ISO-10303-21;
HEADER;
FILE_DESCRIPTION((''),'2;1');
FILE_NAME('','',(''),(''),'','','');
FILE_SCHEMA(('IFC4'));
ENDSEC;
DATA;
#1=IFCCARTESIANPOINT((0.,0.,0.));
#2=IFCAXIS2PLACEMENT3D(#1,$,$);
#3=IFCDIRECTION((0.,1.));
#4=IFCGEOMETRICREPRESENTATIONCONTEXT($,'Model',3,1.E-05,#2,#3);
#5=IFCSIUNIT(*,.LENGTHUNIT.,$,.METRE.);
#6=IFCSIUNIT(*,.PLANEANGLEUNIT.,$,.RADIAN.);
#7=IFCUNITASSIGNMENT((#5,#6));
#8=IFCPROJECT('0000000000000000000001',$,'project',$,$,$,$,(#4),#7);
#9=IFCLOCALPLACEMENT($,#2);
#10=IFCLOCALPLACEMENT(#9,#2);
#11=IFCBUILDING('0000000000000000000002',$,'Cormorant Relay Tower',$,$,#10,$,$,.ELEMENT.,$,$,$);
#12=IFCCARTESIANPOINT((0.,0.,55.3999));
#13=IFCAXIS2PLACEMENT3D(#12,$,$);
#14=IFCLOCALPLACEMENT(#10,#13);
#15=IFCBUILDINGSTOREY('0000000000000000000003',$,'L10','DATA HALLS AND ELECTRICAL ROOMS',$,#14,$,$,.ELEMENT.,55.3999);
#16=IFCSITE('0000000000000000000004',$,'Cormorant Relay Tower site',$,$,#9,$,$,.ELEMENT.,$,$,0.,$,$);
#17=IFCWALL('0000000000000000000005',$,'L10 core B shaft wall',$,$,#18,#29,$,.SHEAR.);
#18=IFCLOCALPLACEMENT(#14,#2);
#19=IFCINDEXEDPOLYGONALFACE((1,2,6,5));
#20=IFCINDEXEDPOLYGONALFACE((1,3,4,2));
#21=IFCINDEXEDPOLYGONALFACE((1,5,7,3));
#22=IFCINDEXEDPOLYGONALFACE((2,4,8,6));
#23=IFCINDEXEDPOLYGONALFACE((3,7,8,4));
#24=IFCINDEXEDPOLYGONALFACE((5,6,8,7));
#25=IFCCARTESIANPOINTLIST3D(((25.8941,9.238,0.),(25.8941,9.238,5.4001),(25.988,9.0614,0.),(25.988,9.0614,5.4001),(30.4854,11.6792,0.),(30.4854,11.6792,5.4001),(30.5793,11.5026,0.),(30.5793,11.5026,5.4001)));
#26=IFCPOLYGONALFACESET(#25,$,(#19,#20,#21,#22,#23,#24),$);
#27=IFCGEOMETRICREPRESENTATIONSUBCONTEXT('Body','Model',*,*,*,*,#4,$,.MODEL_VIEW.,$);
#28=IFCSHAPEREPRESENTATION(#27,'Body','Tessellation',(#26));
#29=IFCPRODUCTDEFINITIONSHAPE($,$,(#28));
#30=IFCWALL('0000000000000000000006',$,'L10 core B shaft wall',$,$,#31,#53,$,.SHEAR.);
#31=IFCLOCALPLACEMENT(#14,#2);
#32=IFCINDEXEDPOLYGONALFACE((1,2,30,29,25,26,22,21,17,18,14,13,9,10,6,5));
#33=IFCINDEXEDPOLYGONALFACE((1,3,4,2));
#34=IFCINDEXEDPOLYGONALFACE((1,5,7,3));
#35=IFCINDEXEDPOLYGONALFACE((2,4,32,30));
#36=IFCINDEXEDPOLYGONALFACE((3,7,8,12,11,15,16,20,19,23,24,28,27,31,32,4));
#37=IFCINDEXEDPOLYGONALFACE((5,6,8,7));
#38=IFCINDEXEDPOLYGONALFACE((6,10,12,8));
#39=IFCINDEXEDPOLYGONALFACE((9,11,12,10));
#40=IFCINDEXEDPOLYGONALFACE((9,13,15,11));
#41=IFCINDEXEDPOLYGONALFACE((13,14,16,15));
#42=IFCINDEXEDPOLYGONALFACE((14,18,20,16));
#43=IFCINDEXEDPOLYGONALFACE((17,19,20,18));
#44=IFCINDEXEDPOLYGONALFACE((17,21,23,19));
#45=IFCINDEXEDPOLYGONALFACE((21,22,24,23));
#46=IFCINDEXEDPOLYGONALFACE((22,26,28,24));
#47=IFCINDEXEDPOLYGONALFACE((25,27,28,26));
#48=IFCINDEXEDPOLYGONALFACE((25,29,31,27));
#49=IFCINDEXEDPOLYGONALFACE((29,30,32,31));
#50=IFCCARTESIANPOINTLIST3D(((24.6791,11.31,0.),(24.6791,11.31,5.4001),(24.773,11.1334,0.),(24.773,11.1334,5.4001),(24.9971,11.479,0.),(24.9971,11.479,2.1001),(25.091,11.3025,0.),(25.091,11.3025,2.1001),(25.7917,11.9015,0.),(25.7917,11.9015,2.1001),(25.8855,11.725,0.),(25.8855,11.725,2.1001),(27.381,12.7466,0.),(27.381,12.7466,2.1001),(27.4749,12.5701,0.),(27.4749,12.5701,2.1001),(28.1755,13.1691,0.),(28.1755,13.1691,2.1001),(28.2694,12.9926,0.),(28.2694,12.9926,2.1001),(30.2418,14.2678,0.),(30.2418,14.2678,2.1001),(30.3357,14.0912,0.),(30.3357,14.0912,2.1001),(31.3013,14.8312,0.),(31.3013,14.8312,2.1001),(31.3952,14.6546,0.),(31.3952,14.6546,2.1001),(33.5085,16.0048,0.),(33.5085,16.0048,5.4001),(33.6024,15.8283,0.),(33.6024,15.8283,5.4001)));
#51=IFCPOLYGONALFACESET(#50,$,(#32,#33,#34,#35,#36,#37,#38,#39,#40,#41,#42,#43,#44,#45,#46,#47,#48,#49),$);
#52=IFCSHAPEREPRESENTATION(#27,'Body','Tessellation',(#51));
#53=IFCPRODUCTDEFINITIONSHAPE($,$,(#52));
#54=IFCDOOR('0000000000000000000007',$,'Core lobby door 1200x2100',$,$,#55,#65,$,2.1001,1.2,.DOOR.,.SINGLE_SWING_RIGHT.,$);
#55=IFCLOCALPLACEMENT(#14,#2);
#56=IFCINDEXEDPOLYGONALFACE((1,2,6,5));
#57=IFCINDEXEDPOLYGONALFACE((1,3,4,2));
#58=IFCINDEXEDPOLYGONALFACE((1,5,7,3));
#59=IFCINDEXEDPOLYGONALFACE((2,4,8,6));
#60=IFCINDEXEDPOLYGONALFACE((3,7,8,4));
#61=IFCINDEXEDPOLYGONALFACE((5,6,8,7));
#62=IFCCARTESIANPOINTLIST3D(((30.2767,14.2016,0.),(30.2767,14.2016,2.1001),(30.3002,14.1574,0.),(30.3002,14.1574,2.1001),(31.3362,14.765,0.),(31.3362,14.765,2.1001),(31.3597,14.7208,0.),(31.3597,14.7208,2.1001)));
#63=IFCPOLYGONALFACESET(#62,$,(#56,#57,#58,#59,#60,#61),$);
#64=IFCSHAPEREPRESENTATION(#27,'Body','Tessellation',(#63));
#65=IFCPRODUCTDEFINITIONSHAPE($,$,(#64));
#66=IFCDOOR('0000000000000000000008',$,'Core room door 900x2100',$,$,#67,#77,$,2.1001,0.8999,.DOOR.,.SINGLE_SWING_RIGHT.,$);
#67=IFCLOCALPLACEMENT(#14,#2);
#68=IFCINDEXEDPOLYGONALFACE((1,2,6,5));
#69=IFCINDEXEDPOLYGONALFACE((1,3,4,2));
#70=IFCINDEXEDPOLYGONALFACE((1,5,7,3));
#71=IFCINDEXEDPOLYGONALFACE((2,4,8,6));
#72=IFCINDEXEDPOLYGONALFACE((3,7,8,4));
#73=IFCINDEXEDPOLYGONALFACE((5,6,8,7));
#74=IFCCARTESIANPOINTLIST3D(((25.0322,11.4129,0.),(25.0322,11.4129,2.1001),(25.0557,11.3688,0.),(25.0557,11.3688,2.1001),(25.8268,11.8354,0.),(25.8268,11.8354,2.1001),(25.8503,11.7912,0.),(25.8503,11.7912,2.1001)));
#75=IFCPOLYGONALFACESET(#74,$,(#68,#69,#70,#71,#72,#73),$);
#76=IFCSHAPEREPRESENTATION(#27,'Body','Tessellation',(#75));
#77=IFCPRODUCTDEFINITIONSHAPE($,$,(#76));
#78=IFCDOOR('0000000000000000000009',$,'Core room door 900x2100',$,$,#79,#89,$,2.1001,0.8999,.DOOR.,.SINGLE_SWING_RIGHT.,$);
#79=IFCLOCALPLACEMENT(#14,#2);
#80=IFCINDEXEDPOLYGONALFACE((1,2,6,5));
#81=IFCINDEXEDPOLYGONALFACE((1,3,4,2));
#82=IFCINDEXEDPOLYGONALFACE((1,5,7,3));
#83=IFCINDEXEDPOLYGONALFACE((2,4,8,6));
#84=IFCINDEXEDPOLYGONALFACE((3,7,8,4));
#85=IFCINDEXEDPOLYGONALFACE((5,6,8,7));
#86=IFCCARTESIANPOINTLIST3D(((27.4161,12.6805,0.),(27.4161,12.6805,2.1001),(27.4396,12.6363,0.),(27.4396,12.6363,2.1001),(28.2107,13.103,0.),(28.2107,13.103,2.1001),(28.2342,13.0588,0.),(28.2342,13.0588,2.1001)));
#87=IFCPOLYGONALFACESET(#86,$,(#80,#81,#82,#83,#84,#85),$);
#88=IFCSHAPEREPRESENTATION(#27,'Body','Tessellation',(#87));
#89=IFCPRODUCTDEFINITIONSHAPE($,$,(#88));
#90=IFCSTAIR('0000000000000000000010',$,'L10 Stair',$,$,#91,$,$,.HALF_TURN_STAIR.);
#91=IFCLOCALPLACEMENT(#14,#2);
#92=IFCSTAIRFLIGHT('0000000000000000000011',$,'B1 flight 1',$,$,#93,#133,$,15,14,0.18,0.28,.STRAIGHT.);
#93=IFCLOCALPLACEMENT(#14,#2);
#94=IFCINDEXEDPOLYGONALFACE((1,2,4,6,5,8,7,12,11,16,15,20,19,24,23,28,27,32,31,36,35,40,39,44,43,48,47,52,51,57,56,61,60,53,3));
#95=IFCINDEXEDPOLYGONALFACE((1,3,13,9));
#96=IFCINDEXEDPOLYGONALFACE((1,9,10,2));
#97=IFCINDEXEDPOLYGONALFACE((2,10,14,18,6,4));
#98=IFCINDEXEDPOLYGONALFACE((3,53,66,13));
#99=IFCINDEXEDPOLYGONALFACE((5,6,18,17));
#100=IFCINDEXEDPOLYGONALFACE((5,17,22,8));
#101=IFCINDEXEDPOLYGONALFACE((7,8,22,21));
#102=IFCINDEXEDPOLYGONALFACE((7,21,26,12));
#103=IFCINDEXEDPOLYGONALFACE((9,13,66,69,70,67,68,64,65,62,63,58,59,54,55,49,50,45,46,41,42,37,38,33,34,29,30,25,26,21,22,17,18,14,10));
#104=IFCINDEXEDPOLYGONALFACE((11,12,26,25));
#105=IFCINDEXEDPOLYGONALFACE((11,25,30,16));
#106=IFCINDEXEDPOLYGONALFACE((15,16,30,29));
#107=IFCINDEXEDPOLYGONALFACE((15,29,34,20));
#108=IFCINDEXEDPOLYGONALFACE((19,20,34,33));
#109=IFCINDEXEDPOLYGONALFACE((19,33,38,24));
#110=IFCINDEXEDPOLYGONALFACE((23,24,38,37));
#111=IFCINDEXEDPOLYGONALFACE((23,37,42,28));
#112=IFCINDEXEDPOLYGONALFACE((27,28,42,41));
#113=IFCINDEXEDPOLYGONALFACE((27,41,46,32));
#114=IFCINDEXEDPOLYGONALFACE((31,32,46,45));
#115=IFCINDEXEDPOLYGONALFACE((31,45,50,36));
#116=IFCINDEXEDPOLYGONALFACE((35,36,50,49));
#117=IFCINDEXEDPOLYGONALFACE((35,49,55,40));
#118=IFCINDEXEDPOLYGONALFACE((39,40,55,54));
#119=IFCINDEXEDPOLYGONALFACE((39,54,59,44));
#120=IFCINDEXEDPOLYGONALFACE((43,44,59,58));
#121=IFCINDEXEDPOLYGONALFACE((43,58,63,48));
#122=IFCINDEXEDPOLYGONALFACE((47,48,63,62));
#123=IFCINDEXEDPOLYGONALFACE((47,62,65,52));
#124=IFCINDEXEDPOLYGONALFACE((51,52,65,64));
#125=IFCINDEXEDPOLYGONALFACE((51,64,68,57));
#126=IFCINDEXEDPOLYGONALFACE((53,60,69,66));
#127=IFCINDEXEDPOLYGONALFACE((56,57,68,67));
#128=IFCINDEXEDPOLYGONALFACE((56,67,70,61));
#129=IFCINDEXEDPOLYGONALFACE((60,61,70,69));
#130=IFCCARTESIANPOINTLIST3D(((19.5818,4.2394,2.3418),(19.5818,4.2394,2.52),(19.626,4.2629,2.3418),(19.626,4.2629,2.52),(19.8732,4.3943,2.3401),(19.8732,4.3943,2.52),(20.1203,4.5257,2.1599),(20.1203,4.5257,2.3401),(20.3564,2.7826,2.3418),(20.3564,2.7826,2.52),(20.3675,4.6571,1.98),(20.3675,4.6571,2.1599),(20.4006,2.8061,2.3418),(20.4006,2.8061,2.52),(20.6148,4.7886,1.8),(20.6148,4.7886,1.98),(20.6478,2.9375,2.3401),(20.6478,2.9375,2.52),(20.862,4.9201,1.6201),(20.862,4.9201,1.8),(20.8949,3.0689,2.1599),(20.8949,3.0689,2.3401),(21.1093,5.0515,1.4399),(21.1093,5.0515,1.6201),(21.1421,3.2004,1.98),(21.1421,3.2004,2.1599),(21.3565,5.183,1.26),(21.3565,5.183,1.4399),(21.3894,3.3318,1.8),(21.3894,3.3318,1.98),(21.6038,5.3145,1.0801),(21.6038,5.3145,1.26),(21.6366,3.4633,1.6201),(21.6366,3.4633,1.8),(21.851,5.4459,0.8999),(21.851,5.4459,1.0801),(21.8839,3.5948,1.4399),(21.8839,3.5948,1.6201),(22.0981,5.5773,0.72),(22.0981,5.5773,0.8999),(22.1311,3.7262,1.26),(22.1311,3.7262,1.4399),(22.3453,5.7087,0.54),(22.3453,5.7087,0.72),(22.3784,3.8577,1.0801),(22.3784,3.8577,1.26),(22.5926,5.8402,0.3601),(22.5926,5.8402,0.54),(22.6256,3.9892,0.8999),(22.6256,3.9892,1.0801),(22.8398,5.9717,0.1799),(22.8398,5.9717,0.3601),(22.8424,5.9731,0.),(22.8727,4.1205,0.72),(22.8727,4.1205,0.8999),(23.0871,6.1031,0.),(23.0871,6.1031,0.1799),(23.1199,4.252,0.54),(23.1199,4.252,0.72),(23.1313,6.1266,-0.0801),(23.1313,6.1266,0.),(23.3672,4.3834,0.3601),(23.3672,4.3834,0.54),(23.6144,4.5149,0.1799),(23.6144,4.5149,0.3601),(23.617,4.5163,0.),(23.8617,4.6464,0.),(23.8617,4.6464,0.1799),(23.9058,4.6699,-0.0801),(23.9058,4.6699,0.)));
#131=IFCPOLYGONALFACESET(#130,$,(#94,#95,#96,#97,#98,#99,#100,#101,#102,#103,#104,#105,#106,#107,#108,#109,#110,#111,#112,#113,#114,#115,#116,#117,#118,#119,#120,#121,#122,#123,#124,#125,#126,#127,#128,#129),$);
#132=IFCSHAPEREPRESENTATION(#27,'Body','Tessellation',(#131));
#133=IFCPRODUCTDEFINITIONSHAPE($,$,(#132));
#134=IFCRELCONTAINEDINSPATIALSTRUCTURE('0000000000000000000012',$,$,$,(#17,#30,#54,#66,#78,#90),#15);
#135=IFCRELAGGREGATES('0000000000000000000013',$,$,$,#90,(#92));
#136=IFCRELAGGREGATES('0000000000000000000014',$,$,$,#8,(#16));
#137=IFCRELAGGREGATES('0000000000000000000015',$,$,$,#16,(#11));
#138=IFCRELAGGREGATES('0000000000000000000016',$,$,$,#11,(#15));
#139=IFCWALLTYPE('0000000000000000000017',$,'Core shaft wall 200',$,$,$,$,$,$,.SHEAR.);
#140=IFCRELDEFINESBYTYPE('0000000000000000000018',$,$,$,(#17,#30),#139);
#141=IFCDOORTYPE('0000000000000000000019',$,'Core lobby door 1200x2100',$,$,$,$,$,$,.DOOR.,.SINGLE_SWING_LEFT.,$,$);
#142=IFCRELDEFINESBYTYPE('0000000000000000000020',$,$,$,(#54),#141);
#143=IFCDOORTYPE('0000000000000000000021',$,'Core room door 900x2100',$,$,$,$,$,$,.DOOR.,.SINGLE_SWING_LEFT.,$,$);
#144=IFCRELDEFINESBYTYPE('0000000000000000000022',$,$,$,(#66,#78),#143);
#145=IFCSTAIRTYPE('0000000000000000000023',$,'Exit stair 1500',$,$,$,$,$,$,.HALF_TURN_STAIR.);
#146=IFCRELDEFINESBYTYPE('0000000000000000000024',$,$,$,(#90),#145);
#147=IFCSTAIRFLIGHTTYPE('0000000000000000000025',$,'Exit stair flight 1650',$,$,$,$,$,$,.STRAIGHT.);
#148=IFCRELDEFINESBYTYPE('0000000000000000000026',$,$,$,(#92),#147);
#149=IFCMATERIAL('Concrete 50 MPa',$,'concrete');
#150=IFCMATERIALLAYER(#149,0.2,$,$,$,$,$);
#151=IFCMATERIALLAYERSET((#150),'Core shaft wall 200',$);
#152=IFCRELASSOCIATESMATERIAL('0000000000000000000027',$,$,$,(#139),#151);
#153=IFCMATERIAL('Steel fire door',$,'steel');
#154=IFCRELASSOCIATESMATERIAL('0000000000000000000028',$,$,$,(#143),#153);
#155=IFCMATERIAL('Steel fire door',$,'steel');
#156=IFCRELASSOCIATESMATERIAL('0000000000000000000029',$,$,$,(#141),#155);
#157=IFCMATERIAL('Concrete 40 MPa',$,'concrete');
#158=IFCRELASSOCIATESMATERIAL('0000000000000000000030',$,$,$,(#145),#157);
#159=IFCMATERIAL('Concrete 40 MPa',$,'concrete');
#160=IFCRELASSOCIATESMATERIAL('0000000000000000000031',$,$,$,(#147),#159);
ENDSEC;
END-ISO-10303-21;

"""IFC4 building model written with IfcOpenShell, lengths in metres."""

from ifc_helpers import new_model, si_unit, direction, frame, frame_2d, origin, place, context, subcontext, project, spatial, polyline, rectangle, outline, extrude, material, layer, layer_set, type_object, element, fill, aggregate, save


model = new_model("IFC4")

# Units and contexts
model_context = context("Model", 3, precision=1e-05, world=origin(), true_north=direction((0.0, 1.0)))
body_context = subcontext(model_context, "Body", "Model", "MODEL_VIEW")
ifc_project = project(units=[si_unit("LENGTHUNIT", "METRE"), si_unit("PLANEANGLEUNIT", "RADIAN")], contexts=[model_context])

# Site, building, storey
site_placement = place(None, origin())
site = spatial("IfcSite", under=ifc_project, at=site_placement, Name="Cormorant Relay Tower site", CompositionType="ELEMENT", RefElevation=0.0)
building_placement = place(site_placement, origin())
building = spatial("IfcBuilding", under=site, at=building_placement, Name="Cormorant Relay Tower", CompositionType="ELEMENT")
storey_placement = place(building_placement, frame((0.0, 0.0, 55.3999)))
storey = spatial("IfcBuildingStorey", under=building, at=storey_placement, Name="L10", Description="DATA HALLS AND ELECTRICAL ROOMS", CompositionType="ELEMENT", Elevation=55.3999)

# Shared definitions
ifc_material_1 = material(Name="Concrete 50 MPa", Category="concrete")
ifc_layer_1 = layer(ifc_material_1, 0.2)
ifc_layer_set_1 = layer_set([ifc_layer_1], Name="Core shaft wall 200")
wall_type_1 = type_object("IfcWallType", Name="Core shaft wall 200", PredefinedType="SHEAR", material=ifc_layer_set_1)

# Shared definitions
ifc_material_2 = material(Name="Steel fire door", Category="steel")
door_type_1 = type_object("IfcDoorType", Name="Core room door 900x2100", OperationType="SINGLE_SWING_LEFT", PredefinedType="DOOR", material=ifc_material_2)

# Wall
wall_1_placement = place(storey_placement, frame((25.9409, 9.1497, 0.0), z_axis=(0.0, 0.0, 1.0), x_axis=(0.882954, 0.46946, 0.0)))
element("IfcWall", 1, at=wall_1_placement, inside=storey, type_object=wall_type_1, Name="L10 core B shaft wall", PredefinedType="SHEAR", context=body_context, shape_type="SweptSolid", body=[
    extrude(rectangle(XDim=5.2, YDim=0.2, at=frame_2d((2.6001, 0.0))), origin(), (0.0, 0.0, 1.0), 5.4001),
])

# Wall, openings, doors
wall_2_placement = place(storey_placement, frame((24.7261, 11.2217, 0.0), z_axis=(0.0, 0.0, 1.0), x_axis=(0.88294, 0.469485, 0.0)))
wall_2 = element("IfcWall", 2, at=wall_2_placement, inside=storey, type_object=wall_type_1, Name="L10 core B shaft wall", PredefinedType="SHEAR", context=body_context, shape_type="SweptSolid", body=[
    extrude(rectangle(XDim=10.0, YDim=0.2, at=frame_2d((5.0, 0.0))), origin(), (0.0, 0.0, 1.0), 5.4001),
])
opening_1_placement = place(wall_2_placement, frame((6.3, 0.0, 0.0)))
opening_1 = element("IfcOpeningElement", 3, at=opening_1_placement, cuts=wall_2, PredefinedType="OPENING", context=body_context, shape_type="SweptSolid", body=[
    extrude(rectangle(XDim=1.2, YDim=2.1001, at=frame_2d((0.6001, 1.05))), frame((0.0, 0.1099, 0.0), z_axis=(0.0, -1.0, 0.0), x_axis=(1.0, 0.0, 0.0)), (0.0, 0.0, 1.0), 0.22),
])
opening_2_placement = place(wall_2_placement, frame((0.3601, 0.0, 0.0)))
opening_2 = element("IfcOpeningElement", 4, at=opening_2_placement, cuts=wall_2, PredefinedType="OPENING", context=body_context, shape_type="SweptSolid", body=[
    extrude(rectangle(XDim=0.8999, YDim=2.1001, at=frame_2d((0.45, 1.05))), frame((0.0, 0.1099, 0.0), z_axis=(0.0, -1.0, 0.0), x_axis=(1.0, 0.0, 0.0)), (0.0, 0.0, 1.0), 0.22),
])
opening_3_placement = place(wall_2_placement, frame((3.0601, 0.0, 0.0)))
opening_3 = element("IfcOpeningElement", 5, at=opening_3_placement, cuts=wall_2, PredefinedType="OPENING", context=body_context, shape_type="SweptSolid", body=[
    extrude(rectangle(XDim=0.8999, YDim=2.1001, at=frame_2d((0.45, 1.05))), frame((0.0, 0.1099, 0.0), z_axis=(0.0, -1.0, 0.0), x_axis=(1.0, 0.0, 0.0)), (0.0, 0.0, 1.0), 0.22),
])
ifc_material_3 = material(Name="Steel fire door", Category="steel")
door_type_2 = type_object("IfcDoorType", Name="Core lobby door 1200x2100", OperationType="SINGLE_SWING_LEFT", PredefinedType="DOOR", material=ifc_material_3)
door_1_placement = place(opening_1_placement, frame((1.2, 0.0, 0.0), z_axis=(0.0, 0.0, 1.0), x_axis=(-1.0, 0.0, 0.0)))
door_1 = element("IfcDoor", 6, at=door_1_placement, inside=storey, type_object=door_type_2, Name="Core lobby door 1200x2100", OperationType="SINGLE_SWING_RIGHT", OverallHeight=2.1001, OverallWidth=1.2, PredefinedType="DOOR", context=body_context, shape_type="SweptSolid", body=[
    extrude(rectangle(XDim=1.2, YDim=2.1001, at=frame_2d((0.6001, 1.05))), frame((0.0, 0.0249, 0.0), z_axis=(0.0, -1.0, 0.0), x_axis=(1.0, 0.0, 0.0)), (0.0, 0.0, 1.0), 0.05),
])
fill(opening_1, door_1)
door_2_placement = place(opening_2_placement, frame((0.8999, 0.0, 0.0), z_axis=(0.0, 0.0, 1.0), x_axis=(-1.0, 0.0, 0.0)))
door_2 = element("IfcDoor", 7, at=door_2_placement, inside=storey, type_object=door_type_1, Name="Core room door 900x2100", OperationType="SINGLE_SWING_RIGHT", OverallHeight=2.1001, OverallWidth=0.8999, PredefinedType="DOOR", context=body_context, shape_type="SweptSolid", body=[
    extrude(rectangle(XDim=0.8999, YDim=2.1001, at=frame_2d((0.45, 1.05))), frame((0.0, 0.0249, 0.0), z_axis=(0.0, -1.0, 0.0), x_axis=(1.0, 0.0, 0.0)), (0.0, 0.0, 1.0), 0.05),
])
fill(opening_2, door_2)
door_3_placement = place(opening_3_placement, frame((0.8999, 0.0, 0.0), z_axis=(0.0, 0.0, 1.0), x_axis=(-1.0, 0.0, 0.0)))
door_3 = element("IfcDoor", 8, at=door_3_placement, inside=storey, type_object=door_type_1, Name="Core room door 900x2100", OperationType="SINGLE_SWING_RIGHT", OverallHeight=2.1001, OverallWidth=0.8999, PredefinedType="DOOR", context=body_context, shape_type="SweptSolid", body=[
    extrude(rectangle(XDim=0.8999, YDim=2.1001, at=frame_2d((0.45, 1.05))), frame((0.0, 0.0249, 0.0), z_axis=(0.0, -1.0, 0.0), x_axis=(1.0, 0.0, 0.0)), (0.0, 0.0, 1.0), 0.05),
])
fill(opening_3, door_3)

# Stair, stair flight
ifc_material_4 = material(Name="Concrete 40 MPa", Category="concrete")
stair_type = type_object("IfcStairType", Name="Exit stair 1500", PredefinedType="HALF_TURN_STAIR", material=ifc_material_4)
stair_placement = place(storey_placement, origin())
stair = element("IfcStair", 9, at=stair_placement, inside=storey, type_object=stair_type, Name="L10 Stair", PredefinedType="HALF_TURN_STAIR")
ifc_material_5 = material(Name="Concrete 40 MPa", Category="concrete")
stair_flight_type = type_object("IfcStairFlightType", Name="Exit stair flight 1650", PredefinedType="STRAIGHT", material=ifc_material_5)
stair_flight_placement = place(storey_placement, frame((23.4744, 5.3748, 0.0), z_axis=(0.0, 0.0, 1.0), x_axis=(-0.882948, -0.469472, 0.0)))
stair_flight = element("IfcStairFlight", 10, at=stair_flight_placement, type_object=stair_flight_type, Name="B1 flight 1", NumberOfRisers=15, NumberOfTreads=14, PredefinedType="STRAIGHT", RiserHeight=0.18, TreadLength=0.28, context=body_context, shape_type="SweptSolid", body=[
    extrude(outline(polyline([(-0.05, -0.0801), (-0.05, 0.0), (0.0, 0.0), (0.0, 0.1799), (0.28, 0.1799), (0.28, 0.3601), (0.5601, 0.3601), (0.5601, 0.54), (0.8401, 0.54), (0.8401, 0.72), (1.1201, 0.72), (1.1201, 0.8999), (1.3999, 0.8999), (1.3999, 1.0801), (1.6799, 1.0801), (1.6799, 1.26), (1.96, 1.26), (1.96, 1.4399), (2.24, 1.4399), (2.24, 1.6201), (2.52, 1.6201), (2.52, 1.8), (2.8, 1.8), (2.8, 1.98), (3.0801, 1.98), (3.0801, 2.1599), (3.3601, 2.1599), (3.3601, 2.3401), (3.6399, 2.3401), (3.6399, 2.52), (3.9199, 2.52), (3.97, 2.52), (3.97, 2.3418), (3.9199, 2.3418), (0.2771, 0.0), (-0.05, -0.0801)])), frame((0.0, 0.825, 0.0), z_axis=(0.0, -1.0, 0.0), x_axis=(1.0, 0.0, 0.0)), (0.0, 0.0, 1.0), 1.6499),
])
aggregate(stair, [stair_flight])

save(model, "model.ifc")
